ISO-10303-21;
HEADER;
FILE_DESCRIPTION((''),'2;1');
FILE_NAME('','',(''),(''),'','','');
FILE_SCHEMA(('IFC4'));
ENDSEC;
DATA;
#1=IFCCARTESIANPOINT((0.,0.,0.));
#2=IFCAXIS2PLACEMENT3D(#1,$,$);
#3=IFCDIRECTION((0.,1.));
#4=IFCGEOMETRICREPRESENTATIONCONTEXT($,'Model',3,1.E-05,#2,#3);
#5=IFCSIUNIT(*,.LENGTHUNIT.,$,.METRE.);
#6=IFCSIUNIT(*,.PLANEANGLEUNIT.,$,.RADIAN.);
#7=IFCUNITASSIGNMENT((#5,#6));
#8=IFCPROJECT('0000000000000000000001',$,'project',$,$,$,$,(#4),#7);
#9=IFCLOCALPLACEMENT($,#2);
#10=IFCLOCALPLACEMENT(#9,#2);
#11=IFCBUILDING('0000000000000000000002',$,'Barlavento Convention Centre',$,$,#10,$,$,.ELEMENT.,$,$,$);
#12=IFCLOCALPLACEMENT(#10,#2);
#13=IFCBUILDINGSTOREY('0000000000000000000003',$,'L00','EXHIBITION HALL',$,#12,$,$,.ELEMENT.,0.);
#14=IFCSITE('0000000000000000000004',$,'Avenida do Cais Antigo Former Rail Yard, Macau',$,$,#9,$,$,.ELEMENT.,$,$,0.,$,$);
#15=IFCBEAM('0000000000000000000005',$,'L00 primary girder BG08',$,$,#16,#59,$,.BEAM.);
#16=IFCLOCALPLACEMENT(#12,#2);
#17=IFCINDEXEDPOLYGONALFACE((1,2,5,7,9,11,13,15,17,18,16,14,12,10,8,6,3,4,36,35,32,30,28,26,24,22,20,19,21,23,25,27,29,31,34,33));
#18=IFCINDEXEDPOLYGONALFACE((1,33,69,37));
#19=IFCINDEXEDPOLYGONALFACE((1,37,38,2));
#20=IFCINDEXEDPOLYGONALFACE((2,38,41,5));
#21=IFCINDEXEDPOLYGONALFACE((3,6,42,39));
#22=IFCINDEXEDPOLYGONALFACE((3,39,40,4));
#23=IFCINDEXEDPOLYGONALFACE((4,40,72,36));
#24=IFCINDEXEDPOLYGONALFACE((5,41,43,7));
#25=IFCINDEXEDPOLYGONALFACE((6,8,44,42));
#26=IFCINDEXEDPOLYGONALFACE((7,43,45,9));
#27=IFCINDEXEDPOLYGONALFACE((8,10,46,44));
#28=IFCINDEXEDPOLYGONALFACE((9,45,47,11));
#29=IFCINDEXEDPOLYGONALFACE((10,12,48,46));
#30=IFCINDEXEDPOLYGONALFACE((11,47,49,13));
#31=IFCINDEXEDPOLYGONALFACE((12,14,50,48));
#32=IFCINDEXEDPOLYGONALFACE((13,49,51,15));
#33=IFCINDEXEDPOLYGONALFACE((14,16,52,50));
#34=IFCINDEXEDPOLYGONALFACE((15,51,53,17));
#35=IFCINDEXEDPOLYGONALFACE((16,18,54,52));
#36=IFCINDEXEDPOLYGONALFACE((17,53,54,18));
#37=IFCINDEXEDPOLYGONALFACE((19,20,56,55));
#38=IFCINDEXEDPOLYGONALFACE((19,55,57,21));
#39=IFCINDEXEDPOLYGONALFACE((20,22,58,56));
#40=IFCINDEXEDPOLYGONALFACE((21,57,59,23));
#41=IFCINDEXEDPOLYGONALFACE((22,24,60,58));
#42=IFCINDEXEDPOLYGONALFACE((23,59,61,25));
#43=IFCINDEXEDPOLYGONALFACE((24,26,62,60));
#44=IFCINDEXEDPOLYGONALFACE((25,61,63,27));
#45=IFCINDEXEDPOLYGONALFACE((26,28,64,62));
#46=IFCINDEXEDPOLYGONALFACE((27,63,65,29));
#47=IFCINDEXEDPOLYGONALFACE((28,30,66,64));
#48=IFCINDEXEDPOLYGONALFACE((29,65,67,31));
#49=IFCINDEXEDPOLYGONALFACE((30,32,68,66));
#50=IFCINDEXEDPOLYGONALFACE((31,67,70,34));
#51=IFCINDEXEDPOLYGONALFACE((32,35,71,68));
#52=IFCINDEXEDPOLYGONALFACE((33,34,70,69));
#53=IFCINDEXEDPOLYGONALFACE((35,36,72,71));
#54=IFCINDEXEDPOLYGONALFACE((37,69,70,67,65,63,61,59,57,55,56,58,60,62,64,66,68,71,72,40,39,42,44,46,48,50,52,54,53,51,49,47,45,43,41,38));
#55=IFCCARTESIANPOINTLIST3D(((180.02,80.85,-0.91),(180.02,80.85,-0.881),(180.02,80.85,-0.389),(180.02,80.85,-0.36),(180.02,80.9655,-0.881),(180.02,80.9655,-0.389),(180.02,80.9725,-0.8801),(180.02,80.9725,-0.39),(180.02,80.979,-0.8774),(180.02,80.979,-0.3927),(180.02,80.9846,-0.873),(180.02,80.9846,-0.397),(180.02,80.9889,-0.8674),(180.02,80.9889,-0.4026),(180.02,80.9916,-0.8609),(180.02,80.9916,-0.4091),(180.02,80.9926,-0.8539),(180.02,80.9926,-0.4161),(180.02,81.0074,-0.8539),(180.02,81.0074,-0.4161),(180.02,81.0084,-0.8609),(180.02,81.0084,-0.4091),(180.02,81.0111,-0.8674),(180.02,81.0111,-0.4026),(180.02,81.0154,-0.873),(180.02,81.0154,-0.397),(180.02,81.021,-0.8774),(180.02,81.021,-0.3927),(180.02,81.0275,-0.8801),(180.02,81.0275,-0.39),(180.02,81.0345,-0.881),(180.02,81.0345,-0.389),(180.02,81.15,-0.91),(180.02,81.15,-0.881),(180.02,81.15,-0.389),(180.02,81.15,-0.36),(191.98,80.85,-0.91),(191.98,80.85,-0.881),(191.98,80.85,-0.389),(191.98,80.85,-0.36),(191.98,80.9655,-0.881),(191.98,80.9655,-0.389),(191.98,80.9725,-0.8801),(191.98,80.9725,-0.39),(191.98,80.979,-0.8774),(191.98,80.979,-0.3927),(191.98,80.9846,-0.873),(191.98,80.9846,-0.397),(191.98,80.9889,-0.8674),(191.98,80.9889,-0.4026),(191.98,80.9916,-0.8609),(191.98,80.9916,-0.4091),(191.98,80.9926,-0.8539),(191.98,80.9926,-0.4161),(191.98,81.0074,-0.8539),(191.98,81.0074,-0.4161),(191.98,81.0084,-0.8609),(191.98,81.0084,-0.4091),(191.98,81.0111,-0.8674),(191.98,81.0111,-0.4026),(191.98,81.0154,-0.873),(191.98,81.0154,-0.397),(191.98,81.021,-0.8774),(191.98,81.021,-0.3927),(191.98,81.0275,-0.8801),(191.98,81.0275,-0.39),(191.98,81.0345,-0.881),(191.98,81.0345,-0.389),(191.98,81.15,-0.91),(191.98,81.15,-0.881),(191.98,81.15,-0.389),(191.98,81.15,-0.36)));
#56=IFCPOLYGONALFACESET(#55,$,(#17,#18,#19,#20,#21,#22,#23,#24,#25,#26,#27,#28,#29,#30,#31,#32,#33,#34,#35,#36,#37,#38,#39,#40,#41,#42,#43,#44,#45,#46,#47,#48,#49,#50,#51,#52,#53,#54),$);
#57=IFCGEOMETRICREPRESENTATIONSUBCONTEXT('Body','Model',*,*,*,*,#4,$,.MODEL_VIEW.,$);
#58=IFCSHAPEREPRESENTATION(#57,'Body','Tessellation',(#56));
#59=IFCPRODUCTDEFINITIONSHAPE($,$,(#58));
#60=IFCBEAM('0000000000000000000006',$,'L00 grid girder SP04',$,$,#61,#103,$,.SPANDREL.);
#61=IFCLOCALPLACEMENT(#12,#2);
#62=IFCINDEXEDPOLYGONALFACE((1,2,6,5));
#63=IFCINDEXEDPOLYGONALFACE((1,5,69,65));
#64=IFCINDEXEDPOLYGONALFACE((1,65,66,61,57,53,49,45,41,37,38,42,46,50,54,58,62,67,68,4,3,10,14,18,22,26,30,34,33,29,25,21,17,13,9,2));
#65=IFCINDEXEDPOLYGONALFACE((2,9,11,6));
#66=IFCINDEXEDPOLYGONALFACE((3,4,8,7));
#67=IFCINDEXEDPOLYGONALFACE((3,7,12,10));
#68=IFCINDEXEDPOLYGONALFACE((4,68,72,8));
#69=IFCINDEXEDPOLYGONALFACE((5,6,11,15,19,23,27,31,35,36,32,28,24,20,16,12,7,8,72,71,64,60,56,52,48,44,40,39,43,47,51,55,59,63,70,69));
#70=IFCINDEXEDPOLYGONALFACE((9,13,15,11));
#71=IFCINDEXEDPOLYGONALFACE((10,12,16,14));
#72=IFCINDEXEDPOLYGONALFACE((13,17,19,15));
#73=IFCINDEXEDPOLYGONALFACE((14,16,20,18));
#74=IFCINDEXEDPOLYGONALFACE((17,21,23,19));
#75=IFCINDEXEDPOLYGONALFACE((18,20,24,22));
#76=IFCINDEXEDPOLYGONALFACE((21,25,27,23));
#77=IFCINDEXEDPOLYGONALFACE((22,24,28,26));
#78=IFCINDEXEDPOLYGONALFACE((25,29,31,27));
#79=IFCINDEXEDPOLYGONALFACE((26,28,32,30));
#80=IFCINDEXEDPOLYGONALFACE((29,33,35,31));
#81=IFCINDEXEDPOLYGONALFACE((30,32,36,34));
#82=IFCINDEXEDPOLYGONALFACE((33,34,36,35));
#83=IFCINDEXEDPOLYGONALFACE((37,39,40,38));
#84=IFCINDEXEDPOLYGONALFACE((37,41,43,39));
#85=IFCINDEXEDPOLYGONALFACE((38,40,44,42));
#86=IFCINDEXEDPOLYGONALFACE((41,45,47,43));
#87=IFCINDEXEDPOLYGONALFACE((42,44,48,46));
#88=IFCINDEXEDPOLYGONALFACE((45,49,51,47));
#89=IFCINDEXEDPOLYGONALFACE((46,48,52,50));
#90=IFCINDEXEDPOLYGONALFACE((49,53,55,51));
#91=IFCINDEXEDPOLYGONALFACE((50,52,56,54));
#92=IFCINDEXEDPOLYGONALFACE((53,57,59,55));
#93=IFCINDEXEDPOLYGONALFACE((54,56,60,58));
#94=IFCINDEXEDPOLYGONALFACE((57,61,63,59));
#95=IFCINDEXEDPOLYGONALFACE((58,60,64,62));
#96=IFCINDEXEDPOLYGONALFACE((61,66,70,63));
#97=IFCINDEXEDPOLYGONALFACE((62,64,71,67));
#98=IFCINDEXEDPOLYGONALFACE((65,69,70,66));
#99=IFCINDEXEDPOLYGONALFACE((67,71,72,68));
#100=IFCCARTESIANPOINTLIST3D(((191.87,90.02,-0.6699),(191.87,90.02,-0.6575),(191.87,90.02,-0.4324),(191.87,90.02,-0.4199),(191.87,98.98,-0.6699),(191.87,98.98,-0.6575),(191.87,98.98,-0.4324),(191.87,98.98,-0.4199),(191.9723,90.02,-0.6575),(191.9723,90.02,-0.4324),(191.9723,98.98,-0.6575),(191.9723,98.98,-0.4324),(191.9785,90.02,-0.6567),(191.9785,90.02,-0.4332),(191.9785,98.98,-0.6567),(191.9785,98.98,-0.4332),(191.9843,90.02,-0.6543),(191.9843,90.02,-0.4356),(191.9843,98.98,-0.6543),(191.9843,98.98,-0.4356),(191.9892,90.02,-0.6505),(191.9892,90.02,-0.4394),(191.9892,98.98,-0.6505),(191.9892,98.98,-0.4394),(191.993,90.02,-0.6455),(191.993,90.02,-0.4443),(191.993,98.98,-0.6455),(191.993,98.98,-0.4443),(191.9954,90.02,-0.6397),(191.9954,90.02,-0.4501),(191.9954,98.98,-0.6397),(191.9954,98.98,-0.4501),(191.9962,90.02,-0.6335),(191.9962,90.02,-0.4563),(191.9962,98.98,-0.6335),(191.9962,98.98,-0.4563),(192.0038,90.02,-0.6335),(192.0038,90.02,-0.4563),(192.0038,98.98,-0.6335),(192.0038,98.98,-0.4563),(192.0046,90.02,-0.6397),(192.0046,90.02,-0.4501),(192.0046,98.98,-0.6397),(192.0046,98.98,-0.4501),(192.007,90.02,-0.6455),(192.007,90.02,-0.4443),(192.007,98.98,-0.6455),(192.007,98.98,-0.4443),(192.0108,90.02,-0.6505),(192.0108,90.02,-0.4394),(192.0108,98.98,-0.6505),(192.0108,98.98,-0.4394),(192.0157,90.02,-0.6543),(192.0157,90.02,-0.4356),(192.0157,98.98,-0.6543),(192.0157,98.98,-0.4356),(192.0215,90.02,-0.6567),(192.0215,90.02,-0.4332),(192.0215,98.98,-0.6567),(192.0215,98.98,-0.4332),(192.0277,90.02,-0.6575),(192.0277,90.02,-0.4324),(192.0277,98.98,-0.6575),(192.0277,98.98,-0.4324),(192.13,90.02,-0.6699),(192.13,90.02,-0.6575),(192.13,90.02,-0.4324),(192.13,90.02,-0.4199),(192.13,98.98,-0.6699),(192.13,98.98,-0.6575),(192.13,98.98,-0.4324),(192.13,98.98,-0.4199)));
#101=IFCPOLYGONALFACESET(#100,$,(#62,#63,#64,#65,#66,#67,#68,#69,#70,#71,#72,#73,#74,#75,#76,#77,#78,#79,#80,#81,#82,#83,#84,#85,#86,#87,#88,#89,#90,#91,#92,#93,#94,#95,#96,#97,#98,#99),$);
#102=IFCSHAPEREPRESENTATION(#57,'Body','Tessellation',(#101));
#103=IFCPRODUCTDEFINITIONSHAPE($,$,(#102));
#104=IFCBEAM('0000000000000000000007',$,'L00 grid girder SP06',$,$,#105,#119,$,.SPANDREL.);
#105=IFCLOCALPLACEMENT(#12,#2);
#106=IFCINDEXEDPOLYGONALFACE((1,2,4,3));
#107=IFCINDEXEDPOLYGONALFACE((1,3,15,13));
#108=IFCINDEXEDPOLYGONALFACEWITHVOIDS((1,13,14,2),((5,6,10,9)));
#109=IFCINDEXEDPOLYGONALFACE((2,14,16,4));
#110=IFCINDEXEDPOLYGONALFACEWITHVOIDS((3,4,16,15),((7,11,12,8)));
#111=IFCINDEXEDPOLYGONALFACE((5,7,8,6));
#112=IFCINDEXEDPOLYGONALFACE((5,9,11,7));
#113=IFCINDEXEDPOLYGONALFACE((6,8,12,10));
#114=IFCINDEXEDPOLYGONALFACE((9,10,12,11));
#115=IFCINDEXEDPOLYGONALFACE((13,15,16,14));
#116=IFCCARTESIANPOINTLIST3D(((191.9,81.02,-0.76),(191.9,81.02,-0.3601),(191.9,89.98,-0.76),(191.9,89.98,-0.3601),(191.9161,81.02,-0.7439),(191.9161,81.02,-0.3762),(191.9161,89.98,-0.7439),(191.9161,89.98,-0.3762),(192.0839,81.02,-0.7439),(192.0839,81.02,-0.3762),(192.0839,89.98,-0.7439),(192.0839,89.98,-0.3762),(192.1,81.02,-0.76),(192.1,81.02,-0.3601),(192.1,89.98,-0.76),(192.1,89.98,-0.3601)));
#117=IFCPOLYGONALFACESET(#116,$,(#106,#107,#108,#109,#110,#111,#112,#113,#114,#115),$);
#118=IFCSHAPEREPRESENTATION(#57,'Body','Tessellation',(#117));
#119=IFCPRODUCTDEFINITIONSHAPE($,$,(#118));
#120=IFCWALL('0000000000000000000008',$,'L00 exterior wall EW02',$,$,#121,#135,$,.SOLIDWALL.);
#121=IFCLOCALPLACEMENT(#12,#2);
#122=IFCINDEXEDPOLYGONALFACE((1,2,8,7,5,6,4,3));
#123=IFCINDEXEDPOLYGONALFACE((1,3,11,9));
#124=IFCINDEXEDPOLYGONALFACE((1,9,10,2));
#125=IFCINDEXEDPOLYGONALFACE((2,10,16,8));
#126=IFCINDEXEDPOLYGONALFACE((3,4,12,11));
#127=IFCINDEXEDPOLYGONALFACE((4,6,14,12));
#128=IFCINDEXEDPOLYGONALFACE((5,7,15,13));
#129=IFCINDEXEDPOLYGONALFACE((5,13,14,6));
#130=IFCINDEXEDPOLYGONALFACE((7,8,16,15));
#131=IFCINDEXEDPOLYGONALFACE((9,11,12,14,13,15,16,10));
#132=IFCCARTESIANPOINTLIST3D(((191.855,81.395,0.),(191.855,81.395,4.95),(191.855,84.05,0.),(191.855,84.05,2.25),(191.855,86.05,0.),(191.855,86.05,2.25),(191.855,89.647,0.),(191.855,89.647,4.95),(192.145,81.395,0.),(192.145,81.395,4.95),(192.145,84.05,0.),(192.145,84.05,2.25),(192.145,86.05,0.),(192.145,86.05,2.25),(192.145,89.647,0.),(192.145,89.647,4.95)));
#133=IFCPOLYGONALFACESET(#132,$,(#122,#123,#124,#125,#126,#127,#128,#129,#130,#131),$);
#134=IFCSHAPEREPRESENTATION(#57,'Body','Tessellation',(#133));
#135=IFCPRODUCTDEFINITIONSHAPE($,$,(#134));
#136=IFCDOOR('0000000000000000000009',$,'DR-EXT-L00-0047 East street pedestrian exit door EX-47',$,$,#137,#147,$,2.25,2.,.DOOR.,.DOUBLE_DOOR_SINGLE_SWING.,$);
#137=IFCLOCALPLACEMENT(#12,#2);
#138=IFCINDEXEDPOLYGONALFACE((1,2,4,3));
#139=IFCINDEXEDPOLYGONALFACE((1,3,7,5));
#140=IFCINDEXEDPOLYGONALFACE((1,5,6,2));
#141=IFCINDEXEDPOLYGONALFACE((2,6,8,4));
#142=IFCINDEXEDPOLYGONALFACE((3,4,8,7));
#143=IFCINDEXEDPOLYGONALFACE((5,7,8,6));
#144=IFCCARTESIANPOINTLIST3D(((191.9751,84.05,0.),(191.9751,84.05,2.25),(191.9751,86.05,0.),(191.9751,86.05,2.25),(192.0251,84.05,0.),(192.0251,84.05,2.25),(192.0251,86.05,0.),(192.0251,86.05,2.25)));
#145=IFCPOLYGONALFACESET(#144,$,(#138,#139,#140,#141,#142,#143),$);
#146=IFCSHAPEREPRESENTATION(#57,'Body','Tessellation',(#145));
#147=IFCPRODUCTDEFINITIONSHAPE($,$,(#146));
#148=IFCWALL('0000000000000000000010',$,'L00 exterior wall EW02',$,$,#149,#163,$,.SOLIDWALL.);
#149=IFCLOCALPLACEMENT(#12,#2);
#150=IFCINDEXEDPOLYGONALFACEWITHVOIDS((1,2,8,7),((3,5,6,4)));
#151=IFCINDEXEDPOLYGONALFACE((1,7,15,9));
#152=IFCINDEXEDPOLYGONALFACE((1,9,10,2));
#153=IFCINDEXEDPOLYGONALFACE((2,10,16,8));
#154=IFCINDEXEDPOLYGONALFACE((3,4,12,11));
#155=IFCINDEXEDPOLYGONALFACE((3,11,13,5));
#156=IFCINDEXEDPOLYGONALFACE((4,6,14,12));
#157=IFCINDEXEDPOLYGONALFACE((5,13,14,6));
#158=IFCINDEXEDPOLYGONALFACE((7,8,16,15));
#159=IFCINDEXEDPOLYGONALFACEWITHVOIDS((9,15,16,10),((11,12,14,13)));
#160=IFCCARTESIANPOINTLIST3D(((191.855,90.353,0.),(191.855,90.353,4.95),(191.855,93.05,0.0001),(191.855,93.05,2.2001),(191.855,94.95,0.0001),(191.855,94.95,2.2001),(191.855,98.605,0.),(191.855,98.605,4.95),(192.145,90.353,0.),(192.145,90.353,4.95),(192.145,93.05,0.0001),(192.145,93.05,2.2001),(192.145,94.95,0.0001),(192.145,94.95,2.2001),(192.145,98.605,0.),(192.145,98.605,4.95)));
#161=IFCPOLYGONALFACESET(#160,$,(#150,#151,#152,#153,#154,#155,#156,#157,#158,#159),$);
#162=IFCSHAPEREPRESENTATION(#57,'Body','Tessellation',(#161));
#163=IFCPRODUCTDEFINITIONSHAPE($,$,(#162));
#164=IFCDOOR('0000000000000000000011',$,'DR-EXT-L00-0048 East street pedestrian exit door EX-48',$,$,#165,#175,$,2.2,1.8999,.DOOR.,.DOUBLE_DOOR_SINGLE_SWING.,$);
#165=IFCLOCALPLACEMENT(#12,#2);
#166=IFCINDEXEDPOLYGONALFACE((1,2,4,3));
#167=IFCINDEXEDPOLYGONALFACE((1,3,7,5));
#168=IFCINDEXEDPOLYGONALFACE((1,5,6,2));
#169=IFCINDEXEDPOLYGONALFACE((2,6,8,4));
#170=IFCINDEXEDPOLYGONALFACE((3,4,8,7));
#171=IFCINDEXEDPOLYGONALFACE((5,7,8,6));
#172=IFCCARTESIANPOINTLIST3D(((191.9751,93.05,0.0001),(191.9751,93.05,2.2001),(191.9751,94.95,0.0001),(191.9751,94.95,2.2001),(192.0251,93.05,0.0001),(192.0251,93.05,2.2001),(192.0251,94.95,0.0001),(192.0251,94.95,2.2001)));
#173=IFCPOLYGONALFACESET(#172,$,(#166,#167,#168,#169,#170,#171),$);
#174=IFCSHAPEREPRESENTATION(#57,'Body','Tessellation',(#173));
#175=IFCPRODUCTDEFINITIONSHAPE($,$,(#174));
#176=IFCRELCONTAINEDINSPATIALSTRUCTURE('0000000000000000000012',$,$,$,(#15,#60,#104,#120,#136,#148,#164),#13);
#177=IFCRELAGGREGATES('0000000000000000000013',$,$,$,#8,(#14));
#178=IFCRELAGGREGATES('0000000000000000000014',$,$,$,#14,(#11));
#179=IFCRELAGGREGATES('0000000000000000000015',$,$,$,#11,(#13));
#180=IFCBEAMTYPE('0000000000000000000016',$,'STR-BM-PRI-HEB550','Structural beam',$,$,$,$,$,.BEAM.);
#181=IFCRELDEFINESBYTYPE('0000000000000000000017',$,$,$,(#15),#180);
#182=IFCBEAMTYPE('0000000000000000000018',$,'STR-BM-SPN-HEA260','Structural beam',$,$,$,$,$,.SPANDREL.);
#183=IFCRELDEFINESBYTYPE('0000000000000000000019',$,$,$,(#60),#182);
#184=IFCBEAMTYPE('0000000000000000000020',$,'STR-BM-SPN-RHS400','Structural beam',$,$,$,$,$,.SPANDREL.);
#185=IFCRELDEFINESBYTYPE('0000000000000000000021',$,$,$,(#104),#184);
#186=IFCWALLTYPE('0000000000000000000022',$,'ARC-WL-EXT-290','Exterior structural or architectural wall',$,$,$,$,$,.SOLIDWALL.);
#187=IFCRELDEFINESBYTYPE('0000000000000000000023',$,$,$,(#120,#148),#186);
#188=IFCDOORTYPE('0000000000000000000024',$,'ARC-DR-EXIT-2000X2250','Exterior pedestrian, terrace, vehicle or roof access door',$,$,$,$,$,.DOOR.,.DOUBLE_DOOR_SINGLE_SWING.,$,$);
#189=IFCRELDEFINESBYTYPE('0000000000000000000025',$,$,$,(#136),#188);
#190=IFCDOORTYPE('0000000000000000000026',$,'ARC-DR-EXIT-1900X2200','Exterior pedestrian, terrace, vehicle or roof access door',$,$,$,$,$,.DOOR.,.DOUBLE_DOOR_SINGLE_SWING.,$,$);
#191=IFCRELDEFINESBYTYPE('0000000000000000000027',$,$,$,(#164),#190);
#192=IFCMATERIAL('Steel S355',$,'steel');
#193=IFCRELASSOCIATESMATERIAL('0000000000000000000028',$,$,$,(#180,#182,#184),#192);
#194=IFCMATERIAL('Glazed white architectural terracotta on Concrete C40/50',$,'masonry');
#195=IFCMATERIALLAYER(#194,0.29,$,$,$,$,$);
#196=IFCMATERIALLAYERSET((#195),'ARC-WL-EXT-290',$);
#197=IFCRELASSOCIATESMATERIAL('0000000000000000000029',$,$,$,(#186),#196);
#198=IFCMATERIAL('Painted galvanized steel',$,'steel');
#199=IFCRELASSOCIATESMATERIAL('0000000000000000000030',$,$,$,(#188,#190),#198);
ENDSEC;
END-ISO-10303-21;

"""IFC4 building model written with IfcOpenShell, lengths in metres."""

from ifc_helpers import new_model, si_unit, direction, frame, frame_2d, origin, origin_2d, place, context, subcontext, project, spatial, rectangle, hollow_rectangle, i_section, extrude, material, layer, layer_set, material_profile, profile_set, type_object, element, fill, save


model = new_model("IFC4")

# Units and contexts
model_context = context("Model", 3, precision=1e-05, world=origin(), true_north=direction((0.0, 1.0)))
body_context = subcontext(model_context, "Body", "Model", "MODEL_VIEW")
ifc_project = project(units=[si_unit("LENGTHUNIT", "METRE"), si_unit("PLANEANGLEUNIT", "RADIAN")], contexts=[model_context])

# Site, building, storey
site_placement = place(None, origin())
site = spatial("IfcSite", under=ifc_project, at=site_placement, Name="Avenida do Cais Antigo Former Rail Yard, Macau", CompositionType="ELEMENT", RefElevation=0.0)
building_placement = place(site_placement, origin())
building = spatial("IfcBuilding", under=site, at=building_placement, Name="Barlavento Convention Centre", CompositionType="ELEMENT")
storey_placement = place(building_placement, origin())
storey = spatial("IfcBuildingStorey", under=building, at=storey_placement, Name="L00", Description="EXHIBITION HALL", CompositionType="ELEMENT", Elevation=0.0)

# Beams
ifc_material_1 = material(Name="Steel S355", Category="steel")
ifc_material_profile_1 = material_profile(ifc_material_1, i_section(OverallWidth=0.3, OverallDepth=0.55, WebThickness=0.0149, FlangeThickness=0.0291, FilletRadius=0.0271, at=origin_2d()), Name="HEB 550")
ifc_profile_set_1 = profile_set([ifc_material_profile_1], Name="Steel S355")
beam_type_1 = type_object("IfcBeamType", Name="STR-BM-PRI-HEB550", Description="Structural beam", PredefinedType="BEAM", material=ifc_profile_set_1)
beam_1_placement = place(storey_placement, frame((180.02, 81.0, -0.635), z_axis=(1.0, 0.0, 0.0), x_axis=(0.0, 1.0, 0.0)))
element("IfcBeam", 1, at=beam_1_placement, inside=storey, type_object=beam_type_1, Name="L00 primary girder BG08", PredefinedType="BEAM", context=body_context, shape_type="SweptSolid", body=[
    extrude(i_section(OverallWidth=0.3, OverallDepth=0.55, WebThickness=0.0149, FlangeThickness=0.0291, FilletRadius=0.0271, at=origin_2d()), origin(), (0.0, 0.0, 1.0), 11.96),
])
ifc_material_profile_2 = material_profile(ifc_material_1, i_section(OverallWidth=0.26, OverallDepth=0.25, WebThickness=0.0076, FlangeThickness=0.0125, FilletRadius=0.0239, at=origin_2d()), Name="HEA 260")
ifc_profile_set_2 = profile_set([ifc_material_profile_2], Name="Steel S355")
beam_type_2 = type_object("IfcBeamType", Name="STR-BM-SPN-HEA260", Description="Structural beam", PredefinedType="SPANDREL", material=ifc_profile_set_2)
beam_2_placement = place(storey_placement, frame((192.0, 90.02, -0.5449), z_axis=(0.0, 1.0, 0.0), x_axis=(-1.0, 0.0, 0.0)))
element("IfcBeam", 2, at=beam_2_placement, inside=storey, type_object=beam_type_2, Name="L00 grid girder SP04", PredefinedType="SPANDREL", context=body_context, shape_type="SweptSolid", body=[
    extrude(i_section(OverallWidth=0.26, OverallDepth=0.25, WebThickness=0.0076, FlangeThickness=0.0125, FilletRadius=0.0239, at=origin_2d()), origin(), (0.0, 0.0, 1.0), 8.96),
])
ifc_material_profile_3 = material_profile(ifc_material_1, hollow_rectangle(XDim=0.2, YDim=0.3999, WallThickness=0.0161, at=origin_2d()), Name="RHS 400x200x16.0")
ifc_profile_set_3 = profile_set([ifc_material_profile_3], Name="Steel S355")
beam_type_3 = type_object("IfcBeamType", Name="STR-BM-SPN-RHS400", Description="Structural beam", PredefinedType="SPANDREL", material=ifc_profile_set_3)
beam_3_placement = place(storey_placement, frame((192.0, 81.02, -0.5601), z_axis=(0.0, 1.0, 0.0), x_axis=(-1.0, 0.0, 0.0)))
element("IfcBeam", 3, at=beam_3_placement, inside=storey, type_object=beam_type_3, Name="L00 grid girder SP06", PredefinedType="SPANDREL", context=body_context, shape_type="SweptSolid", body=[
    extrude(hollow_rectangle(XDim=0.2, YDim=0.3999, WallThickness=0.0161, at=origin_2d()), origin(), (0.0, 0.0, 1.0), 8.96),
])

# Walls, openings, doors
ifc_material_2 = material(Name="Glazed white architectural terracotta on Concrete C40/50", Category="masonry")
ifc_layer_1 = layer(ifc_material_2, 0.29)
ifc_layer_set_1 = layer_set([ifc_layer_1], Name="ARC-WL-EXT-290")
wall_type_1 = type_object("IfcWallType", Name="ARC-WL-EXT-290", Description="Exterior structural or architectural wall", PredefinedType="SOLIDWALL", material=ifc_layer_set_1)
wall_1_placement = place(storey_placement, frame((192.0, 81.395, 0.0), z_axis=(0.0, 0.0, 1.0), x_axis=(0.0, 1.0, 0.0)))
wall_1 = element("IfcWall", 4, at=wall_1_placement, inside=storey, type_object=wall_type_1, Name="L00 exterior wall EW02", PredefinedType="SOLIDWALL", context=body_context, shape_type="SweptSolid", body=[
    extrude(rectangle(XDim=8.252, YDim=0.29, at=frame_2d((4.126, 0.0))), origin(), (0.0, 0.0, 1.0), 4.95),
])
opening_1_placement = place(wall_1_placement, frame((2.655, 0.0, 0.0)))
opening_1 = element("IfcOpeningElement", 5, at=opening_1_placement, cuts=wall_1, PredefinedType="OPENING", context=body_context, shape_type="SweptSolid", body=[
    extrude(rectangle(XDim=2.0, YDim=2.25, at=frame_2d((1.0, 1.125))), frame((0.0, 0.155, 0.0), z_axis=(0.0, -1.0, 0.0), x_axis=(1.0, 0.0, 0.0)), (0.0, 0.0, 1.0), 0.3101),
])
ifc_material_3 = material(Name="Painted galvanized steel", Category="steel")
door_type_1 = type_object("IfcDoorType", Name="ARC-DR-EXIT-2000X2250", Description="Exterior pedestrian, terrace, vehicle or roof access door", OperationType="DOUBLE_DOOR_SINGLE_SWING", PredefinedType="DOOR", material=ifc_material_3)
door_1_placement = place(opening_1_placement, origin())
door_1 = element("IfcDoor", 6, at=door_1_placement, inside=storey, type_object=door_type_1, Name="DR-EXT-L00-0047 East street pedestrian exit door EX-47", OperationType="DOUBLE_DOOR_SINGLE_SWING", OverallHeight=2.25, OverallWidth=2.0, PredefinedType="DOOR", context=body_context, shape_type="SweptSolid", body=[
    extrude(rectangle(XDim=2.0, YDim=2.25, at=frame_2d((1.0, 1.125))), frame((0.0, 0.0249, 0.0), z_axis=(0.0, -1.0, 0.0), x_axis=(1.0, 0.0, 0.0)), (0.0, 0.0, 1.0), 0.05),
])
fill(opening_1, door_1)
wall_2_placement = place(storey_placement, frame((192.0, 90.353, 0.0), z_axis=(0.0, 0.0, 1.0), x_axis=(0.0, 1.0, 0.0)))
wall_2 = element("IfcWall", 7, at=wall_2_placement, inside=storey, type_object=wall_type_1, Name="L00 exterior wall EW02", PredefinedType="SOLIDWALL", context=body_context, shape_type="SweptSolid", body=[
    extrude(rectangle(XDim=8.252, YDim=0.29, at=frame_2d((4.126, 0.0))), origin(), (0.0, 0.0, 1.0), 4.95),
])
opening_2_placement = place(wall_2_placement, frame((2.697, 0.0, 0.0)))
opening_2 = element("IfcOpeningElement", 8, at=opening_2_placement, cuts=wall_2, PredefinedType="OPENING", context=body_context, shape_type="SweptSolid", body=[
    extrude(rectangle(XDim=1.8999, YDim=2.2, at=frame_2d((0.95, 1.1001))), frame((0.0, 0.155, 0.0), z_axis=(0.0, -1.0, 0.0), x_axis=(1.0, 0.0, 0.0)), (0.0, 0.0, 1.0), 0.3101),
])
door_type_2 = type_object("IfcDoorType", Name="ARC-DR-EXIT-1900X2200", Description="Exterior pedestrian, terrace, vehicle or roof access door", OperationType="DOUBLE_DOOR_SINGLE_SWING", PredefinedType="DOOR", material=ifc_material_3)
door_2_placement = place(opening_2_placement, origin())
door_2 = element("IfcDoor", 9, at=door_2_placement, inside=storey, type_object=door_type_2, Name="DR-EXT-L00-0048 East street pedestrian exit door EX-48", OperationType="DOUBLE_DOOR_SINGLE_SWING", OverallHeight=2.2, OverallWidth=1.8999, PredefinedType="DOOR", context=body_context, shape_type="SweptSolid", body=[
    extrude(rectangle(XDim=1.8999, YDim=2.2, at=frame_2d((0.95, 1.1001))), frame((0.0, 0.0249, 0.0), z_axis=(0.0, -1.0, 0.0), x_axis=(1.0, 0.0, 0.0)), (0.0, 0.0, 1.0), 0.05),
])
fill(opening_2, door_2)

save(model, "model.ifc")
